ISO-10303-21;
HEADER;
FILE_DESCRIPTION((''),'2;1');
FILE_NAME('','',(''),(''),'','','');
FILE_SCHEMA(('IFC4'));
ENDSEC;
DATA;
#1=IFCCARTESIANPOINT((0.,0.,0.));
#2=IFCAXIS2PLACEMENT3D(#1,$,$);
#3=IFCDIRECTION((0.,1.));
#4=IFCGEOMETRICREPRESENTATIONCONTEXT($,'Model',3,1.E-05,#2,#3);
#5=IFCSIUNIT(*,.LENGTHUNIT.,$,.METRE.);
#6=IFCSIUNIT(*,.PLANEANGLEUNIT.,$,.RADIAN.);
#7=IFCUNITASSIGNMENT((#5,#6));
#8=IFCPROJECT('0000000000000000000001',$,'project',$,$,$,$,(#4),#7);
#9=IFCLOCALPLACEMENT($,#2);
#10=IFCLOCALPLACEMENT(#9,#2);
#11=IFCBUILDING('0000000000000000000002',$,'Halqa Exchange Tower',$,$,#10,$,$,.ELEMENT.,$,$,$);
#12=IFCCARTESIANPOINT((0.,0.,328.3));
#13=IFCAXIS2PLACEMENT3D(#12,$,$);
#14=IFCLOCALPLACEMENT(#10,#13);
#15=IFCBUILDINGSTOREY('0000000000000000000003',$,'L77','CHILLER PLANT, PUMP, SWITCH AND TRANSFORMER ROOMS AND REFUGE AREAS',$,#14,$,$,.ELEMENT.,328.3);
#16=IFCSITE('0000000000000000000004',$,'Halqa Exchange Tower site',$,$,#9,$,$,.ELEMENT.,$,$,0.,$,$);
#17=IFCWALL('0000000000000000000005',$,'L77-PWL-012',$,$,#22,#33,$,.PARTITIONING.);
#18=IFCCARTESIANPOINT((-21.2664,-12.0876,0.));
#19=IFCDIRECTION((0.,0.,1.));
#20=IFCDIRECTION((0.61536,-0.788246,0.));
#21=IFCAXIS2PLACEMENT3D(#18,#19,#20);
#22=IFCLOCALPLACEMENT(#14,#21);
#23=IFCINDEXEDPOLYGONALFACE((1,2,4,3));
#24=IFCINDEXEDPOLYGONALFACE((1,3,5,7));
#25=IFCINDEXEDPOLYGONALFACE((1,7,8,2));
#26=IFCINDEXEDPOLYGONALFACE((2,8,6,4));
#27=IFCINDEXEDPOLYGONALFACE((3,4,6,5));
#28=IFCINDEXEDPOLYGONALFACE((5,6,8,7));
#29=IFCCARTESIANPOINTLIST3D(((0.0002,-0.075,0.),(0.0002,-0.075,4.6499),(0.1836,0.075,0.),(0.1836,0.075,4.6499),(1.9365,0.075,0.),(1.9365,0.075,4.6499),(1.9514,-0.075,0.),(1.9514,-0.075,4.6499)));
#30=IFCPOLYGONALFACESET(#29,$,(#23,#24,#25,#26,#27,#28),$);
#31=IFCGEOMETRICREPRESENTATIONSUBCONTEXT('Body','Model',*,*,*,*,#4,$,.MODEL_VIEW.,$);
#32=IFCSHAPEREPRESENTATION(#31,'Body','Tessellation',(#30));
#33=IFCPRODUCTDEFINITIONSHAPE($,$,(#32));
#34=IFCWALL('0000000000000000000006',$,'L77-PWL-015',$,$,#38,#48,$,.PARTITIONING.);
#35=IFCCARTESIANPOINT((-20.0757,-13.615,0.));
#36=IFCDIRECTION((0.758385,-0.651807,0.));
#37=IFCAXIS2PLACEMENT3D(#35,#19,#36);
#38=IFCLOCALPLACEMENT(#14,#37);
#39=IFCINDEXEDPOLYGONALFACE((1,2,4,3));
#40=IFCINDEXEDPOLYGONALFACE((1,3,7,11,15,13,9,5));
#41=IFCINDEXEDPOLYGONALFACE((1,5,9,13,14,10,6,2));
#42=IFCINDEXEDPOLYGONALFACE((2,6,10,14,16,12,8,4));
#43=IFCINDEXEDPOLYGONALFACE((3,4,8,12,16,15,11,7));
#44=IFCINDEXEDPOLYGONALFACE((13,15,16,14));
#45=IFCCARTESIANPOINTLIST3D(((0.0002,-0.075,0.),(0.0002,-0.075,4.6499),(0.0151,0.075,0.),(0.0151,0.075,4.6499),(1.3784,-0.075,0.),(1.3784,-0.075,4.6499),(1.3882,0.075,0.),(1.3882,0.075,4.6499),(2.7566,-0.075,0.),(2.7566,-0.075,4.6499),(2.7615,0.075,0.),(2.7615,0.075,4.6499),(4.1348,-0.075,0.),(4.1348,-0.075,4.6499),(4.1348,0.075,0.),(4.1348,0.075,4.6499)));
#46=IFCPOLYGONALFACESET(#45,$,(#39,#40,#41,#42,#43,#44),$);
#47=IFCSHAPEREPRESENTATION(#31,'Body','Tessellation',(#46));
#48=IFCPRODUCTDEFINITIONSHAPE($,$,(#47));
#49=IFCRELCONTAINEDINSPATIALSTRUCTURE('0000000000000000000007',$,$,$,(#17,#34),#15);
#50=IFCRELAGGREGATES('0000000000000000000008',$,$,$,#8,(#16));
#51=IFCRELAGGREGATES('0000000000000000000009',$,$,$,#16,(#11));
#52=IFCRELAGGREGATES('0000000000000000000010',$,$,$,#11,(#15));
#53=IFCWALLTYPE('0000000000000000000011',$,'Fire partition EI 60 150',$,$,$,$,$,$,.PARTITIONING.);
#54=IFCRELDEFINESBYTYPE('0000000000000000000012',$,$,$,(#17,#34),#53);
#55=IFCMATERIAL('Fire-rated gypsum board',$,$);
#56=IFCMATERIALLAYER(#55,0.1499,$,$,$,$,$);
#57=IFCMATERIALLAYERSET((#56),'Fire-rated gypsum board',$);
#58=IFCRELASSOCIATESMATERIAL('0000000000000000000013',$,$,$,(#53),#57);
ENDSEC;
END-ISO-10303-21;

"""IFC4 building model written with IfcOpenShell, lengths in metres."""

from ifc_helpers import new_model, si_unit, direction, frame, origin, place, context, subcontext, project, spatial, polyline, outline, extrude, material, layer, layer_set, type_object, element, save


model = new_model("IFC4")

# Units and contexts
model_context = context("Model", 3, precision=1e-05, world=origin(), true_north=direction((0.0, 1.0)))
body_context = subcontext(model_context, "Body", "Model", "MODEL_VIEW")
ifc_project = project(units=[si_unit("LENGTHUNIT", "METRE"), si_unit("PLANEANGLEUNIT", "RADIAN")], contexts=[model_context])

# Site, building, storey
site_placement = place(None, origin())
site = spatial("IfcSite", under=ifc_project, at=site_placement, Name="Halqa Exchange Tower site", CompositionType="ELEMENT", RefElevation=0.0)
building_placement = place(site_placement, origin())
building = spatial("IfcBuilding", under=site, at=building_placement, Name="Halqa Exchange Tower", CompositionType="ELEMENT")
storey_placement = place(building_placement, frame((0.0, 0.0, 328.3)))
storey = spatial("IfcBuildingStorey", under=building, at=storey_placement, Name="L77", Description="CHILLER PLANT, PUMP, SWITCH AND TRANSFORMER ROOMS AND REFUGE AREAS", CompositionType="ELEMENT", Elevation=328.3)

# Walls
ifc_material_1 = material(Name="Fire-rated gypsum board")
ifc_layer_1 = layer(ifc_material_1, 0.1499)
ifc_layer_set_1 = layer_set([ifc_layer_1], Name="Fire-rated gypsum board")
wall_type_1 = type_object("IfcWallType", Name="Fire partition EI 60 150", PredefinedType="PARTITIONING", material=ifc_layer_set_1)
wall_1_placement = place(storey_placement, frame((-21.2664, -12.0876, 0.0), z_axis=(0.0, 0.0, 1.0), x_axis=(0.61536, -0.788246, 0.0)))
element("IfcWall", 1, at=wall_1_placement, inside=storey, type_object=wall_type_1, Name="L77-PWL-012", PredefinedType="PARTITIONING", context=body_context, shape_type="SweptSolid", body=[
    extrude(outline(polyline([(0.0002, -0.075), (1.9514, -0.075), (1.9365, 0.075), (0.1836, 0.075), (0.0002, -0.075)])), origin(), (0.0, 0.0, 1.0), 4.6499),
])
wall_2_placement = place(storey_placement, frame((-20.0757, -13.615, 0.0), z_axis=(0.0, 0.0, 1.0), x_axis=(0.758385, -0.651807, 0.0)))
element("IfcWall", 2, at=wall_2_placement, inside=storey, type_object=wall_type_1, Name="L77-PWL-015", PredefinedType="PARTITIONING", context=body_context, shape_type="SweptSolid", body=[
    extrude(outline(polyline([(4.1348, 0.075), (2.7615, 0.075), (1.3882, 0.075), (0.0151, 0.075), (0.0002, -0.075), (1.3784, -0.075), (2.7566, -0.075), (4.1348, -0.075), (4.1348, 0.075)])), origin(), (0.0, 0.0, 1.0), 4.6499),
])

save(model, "model.ifc")
